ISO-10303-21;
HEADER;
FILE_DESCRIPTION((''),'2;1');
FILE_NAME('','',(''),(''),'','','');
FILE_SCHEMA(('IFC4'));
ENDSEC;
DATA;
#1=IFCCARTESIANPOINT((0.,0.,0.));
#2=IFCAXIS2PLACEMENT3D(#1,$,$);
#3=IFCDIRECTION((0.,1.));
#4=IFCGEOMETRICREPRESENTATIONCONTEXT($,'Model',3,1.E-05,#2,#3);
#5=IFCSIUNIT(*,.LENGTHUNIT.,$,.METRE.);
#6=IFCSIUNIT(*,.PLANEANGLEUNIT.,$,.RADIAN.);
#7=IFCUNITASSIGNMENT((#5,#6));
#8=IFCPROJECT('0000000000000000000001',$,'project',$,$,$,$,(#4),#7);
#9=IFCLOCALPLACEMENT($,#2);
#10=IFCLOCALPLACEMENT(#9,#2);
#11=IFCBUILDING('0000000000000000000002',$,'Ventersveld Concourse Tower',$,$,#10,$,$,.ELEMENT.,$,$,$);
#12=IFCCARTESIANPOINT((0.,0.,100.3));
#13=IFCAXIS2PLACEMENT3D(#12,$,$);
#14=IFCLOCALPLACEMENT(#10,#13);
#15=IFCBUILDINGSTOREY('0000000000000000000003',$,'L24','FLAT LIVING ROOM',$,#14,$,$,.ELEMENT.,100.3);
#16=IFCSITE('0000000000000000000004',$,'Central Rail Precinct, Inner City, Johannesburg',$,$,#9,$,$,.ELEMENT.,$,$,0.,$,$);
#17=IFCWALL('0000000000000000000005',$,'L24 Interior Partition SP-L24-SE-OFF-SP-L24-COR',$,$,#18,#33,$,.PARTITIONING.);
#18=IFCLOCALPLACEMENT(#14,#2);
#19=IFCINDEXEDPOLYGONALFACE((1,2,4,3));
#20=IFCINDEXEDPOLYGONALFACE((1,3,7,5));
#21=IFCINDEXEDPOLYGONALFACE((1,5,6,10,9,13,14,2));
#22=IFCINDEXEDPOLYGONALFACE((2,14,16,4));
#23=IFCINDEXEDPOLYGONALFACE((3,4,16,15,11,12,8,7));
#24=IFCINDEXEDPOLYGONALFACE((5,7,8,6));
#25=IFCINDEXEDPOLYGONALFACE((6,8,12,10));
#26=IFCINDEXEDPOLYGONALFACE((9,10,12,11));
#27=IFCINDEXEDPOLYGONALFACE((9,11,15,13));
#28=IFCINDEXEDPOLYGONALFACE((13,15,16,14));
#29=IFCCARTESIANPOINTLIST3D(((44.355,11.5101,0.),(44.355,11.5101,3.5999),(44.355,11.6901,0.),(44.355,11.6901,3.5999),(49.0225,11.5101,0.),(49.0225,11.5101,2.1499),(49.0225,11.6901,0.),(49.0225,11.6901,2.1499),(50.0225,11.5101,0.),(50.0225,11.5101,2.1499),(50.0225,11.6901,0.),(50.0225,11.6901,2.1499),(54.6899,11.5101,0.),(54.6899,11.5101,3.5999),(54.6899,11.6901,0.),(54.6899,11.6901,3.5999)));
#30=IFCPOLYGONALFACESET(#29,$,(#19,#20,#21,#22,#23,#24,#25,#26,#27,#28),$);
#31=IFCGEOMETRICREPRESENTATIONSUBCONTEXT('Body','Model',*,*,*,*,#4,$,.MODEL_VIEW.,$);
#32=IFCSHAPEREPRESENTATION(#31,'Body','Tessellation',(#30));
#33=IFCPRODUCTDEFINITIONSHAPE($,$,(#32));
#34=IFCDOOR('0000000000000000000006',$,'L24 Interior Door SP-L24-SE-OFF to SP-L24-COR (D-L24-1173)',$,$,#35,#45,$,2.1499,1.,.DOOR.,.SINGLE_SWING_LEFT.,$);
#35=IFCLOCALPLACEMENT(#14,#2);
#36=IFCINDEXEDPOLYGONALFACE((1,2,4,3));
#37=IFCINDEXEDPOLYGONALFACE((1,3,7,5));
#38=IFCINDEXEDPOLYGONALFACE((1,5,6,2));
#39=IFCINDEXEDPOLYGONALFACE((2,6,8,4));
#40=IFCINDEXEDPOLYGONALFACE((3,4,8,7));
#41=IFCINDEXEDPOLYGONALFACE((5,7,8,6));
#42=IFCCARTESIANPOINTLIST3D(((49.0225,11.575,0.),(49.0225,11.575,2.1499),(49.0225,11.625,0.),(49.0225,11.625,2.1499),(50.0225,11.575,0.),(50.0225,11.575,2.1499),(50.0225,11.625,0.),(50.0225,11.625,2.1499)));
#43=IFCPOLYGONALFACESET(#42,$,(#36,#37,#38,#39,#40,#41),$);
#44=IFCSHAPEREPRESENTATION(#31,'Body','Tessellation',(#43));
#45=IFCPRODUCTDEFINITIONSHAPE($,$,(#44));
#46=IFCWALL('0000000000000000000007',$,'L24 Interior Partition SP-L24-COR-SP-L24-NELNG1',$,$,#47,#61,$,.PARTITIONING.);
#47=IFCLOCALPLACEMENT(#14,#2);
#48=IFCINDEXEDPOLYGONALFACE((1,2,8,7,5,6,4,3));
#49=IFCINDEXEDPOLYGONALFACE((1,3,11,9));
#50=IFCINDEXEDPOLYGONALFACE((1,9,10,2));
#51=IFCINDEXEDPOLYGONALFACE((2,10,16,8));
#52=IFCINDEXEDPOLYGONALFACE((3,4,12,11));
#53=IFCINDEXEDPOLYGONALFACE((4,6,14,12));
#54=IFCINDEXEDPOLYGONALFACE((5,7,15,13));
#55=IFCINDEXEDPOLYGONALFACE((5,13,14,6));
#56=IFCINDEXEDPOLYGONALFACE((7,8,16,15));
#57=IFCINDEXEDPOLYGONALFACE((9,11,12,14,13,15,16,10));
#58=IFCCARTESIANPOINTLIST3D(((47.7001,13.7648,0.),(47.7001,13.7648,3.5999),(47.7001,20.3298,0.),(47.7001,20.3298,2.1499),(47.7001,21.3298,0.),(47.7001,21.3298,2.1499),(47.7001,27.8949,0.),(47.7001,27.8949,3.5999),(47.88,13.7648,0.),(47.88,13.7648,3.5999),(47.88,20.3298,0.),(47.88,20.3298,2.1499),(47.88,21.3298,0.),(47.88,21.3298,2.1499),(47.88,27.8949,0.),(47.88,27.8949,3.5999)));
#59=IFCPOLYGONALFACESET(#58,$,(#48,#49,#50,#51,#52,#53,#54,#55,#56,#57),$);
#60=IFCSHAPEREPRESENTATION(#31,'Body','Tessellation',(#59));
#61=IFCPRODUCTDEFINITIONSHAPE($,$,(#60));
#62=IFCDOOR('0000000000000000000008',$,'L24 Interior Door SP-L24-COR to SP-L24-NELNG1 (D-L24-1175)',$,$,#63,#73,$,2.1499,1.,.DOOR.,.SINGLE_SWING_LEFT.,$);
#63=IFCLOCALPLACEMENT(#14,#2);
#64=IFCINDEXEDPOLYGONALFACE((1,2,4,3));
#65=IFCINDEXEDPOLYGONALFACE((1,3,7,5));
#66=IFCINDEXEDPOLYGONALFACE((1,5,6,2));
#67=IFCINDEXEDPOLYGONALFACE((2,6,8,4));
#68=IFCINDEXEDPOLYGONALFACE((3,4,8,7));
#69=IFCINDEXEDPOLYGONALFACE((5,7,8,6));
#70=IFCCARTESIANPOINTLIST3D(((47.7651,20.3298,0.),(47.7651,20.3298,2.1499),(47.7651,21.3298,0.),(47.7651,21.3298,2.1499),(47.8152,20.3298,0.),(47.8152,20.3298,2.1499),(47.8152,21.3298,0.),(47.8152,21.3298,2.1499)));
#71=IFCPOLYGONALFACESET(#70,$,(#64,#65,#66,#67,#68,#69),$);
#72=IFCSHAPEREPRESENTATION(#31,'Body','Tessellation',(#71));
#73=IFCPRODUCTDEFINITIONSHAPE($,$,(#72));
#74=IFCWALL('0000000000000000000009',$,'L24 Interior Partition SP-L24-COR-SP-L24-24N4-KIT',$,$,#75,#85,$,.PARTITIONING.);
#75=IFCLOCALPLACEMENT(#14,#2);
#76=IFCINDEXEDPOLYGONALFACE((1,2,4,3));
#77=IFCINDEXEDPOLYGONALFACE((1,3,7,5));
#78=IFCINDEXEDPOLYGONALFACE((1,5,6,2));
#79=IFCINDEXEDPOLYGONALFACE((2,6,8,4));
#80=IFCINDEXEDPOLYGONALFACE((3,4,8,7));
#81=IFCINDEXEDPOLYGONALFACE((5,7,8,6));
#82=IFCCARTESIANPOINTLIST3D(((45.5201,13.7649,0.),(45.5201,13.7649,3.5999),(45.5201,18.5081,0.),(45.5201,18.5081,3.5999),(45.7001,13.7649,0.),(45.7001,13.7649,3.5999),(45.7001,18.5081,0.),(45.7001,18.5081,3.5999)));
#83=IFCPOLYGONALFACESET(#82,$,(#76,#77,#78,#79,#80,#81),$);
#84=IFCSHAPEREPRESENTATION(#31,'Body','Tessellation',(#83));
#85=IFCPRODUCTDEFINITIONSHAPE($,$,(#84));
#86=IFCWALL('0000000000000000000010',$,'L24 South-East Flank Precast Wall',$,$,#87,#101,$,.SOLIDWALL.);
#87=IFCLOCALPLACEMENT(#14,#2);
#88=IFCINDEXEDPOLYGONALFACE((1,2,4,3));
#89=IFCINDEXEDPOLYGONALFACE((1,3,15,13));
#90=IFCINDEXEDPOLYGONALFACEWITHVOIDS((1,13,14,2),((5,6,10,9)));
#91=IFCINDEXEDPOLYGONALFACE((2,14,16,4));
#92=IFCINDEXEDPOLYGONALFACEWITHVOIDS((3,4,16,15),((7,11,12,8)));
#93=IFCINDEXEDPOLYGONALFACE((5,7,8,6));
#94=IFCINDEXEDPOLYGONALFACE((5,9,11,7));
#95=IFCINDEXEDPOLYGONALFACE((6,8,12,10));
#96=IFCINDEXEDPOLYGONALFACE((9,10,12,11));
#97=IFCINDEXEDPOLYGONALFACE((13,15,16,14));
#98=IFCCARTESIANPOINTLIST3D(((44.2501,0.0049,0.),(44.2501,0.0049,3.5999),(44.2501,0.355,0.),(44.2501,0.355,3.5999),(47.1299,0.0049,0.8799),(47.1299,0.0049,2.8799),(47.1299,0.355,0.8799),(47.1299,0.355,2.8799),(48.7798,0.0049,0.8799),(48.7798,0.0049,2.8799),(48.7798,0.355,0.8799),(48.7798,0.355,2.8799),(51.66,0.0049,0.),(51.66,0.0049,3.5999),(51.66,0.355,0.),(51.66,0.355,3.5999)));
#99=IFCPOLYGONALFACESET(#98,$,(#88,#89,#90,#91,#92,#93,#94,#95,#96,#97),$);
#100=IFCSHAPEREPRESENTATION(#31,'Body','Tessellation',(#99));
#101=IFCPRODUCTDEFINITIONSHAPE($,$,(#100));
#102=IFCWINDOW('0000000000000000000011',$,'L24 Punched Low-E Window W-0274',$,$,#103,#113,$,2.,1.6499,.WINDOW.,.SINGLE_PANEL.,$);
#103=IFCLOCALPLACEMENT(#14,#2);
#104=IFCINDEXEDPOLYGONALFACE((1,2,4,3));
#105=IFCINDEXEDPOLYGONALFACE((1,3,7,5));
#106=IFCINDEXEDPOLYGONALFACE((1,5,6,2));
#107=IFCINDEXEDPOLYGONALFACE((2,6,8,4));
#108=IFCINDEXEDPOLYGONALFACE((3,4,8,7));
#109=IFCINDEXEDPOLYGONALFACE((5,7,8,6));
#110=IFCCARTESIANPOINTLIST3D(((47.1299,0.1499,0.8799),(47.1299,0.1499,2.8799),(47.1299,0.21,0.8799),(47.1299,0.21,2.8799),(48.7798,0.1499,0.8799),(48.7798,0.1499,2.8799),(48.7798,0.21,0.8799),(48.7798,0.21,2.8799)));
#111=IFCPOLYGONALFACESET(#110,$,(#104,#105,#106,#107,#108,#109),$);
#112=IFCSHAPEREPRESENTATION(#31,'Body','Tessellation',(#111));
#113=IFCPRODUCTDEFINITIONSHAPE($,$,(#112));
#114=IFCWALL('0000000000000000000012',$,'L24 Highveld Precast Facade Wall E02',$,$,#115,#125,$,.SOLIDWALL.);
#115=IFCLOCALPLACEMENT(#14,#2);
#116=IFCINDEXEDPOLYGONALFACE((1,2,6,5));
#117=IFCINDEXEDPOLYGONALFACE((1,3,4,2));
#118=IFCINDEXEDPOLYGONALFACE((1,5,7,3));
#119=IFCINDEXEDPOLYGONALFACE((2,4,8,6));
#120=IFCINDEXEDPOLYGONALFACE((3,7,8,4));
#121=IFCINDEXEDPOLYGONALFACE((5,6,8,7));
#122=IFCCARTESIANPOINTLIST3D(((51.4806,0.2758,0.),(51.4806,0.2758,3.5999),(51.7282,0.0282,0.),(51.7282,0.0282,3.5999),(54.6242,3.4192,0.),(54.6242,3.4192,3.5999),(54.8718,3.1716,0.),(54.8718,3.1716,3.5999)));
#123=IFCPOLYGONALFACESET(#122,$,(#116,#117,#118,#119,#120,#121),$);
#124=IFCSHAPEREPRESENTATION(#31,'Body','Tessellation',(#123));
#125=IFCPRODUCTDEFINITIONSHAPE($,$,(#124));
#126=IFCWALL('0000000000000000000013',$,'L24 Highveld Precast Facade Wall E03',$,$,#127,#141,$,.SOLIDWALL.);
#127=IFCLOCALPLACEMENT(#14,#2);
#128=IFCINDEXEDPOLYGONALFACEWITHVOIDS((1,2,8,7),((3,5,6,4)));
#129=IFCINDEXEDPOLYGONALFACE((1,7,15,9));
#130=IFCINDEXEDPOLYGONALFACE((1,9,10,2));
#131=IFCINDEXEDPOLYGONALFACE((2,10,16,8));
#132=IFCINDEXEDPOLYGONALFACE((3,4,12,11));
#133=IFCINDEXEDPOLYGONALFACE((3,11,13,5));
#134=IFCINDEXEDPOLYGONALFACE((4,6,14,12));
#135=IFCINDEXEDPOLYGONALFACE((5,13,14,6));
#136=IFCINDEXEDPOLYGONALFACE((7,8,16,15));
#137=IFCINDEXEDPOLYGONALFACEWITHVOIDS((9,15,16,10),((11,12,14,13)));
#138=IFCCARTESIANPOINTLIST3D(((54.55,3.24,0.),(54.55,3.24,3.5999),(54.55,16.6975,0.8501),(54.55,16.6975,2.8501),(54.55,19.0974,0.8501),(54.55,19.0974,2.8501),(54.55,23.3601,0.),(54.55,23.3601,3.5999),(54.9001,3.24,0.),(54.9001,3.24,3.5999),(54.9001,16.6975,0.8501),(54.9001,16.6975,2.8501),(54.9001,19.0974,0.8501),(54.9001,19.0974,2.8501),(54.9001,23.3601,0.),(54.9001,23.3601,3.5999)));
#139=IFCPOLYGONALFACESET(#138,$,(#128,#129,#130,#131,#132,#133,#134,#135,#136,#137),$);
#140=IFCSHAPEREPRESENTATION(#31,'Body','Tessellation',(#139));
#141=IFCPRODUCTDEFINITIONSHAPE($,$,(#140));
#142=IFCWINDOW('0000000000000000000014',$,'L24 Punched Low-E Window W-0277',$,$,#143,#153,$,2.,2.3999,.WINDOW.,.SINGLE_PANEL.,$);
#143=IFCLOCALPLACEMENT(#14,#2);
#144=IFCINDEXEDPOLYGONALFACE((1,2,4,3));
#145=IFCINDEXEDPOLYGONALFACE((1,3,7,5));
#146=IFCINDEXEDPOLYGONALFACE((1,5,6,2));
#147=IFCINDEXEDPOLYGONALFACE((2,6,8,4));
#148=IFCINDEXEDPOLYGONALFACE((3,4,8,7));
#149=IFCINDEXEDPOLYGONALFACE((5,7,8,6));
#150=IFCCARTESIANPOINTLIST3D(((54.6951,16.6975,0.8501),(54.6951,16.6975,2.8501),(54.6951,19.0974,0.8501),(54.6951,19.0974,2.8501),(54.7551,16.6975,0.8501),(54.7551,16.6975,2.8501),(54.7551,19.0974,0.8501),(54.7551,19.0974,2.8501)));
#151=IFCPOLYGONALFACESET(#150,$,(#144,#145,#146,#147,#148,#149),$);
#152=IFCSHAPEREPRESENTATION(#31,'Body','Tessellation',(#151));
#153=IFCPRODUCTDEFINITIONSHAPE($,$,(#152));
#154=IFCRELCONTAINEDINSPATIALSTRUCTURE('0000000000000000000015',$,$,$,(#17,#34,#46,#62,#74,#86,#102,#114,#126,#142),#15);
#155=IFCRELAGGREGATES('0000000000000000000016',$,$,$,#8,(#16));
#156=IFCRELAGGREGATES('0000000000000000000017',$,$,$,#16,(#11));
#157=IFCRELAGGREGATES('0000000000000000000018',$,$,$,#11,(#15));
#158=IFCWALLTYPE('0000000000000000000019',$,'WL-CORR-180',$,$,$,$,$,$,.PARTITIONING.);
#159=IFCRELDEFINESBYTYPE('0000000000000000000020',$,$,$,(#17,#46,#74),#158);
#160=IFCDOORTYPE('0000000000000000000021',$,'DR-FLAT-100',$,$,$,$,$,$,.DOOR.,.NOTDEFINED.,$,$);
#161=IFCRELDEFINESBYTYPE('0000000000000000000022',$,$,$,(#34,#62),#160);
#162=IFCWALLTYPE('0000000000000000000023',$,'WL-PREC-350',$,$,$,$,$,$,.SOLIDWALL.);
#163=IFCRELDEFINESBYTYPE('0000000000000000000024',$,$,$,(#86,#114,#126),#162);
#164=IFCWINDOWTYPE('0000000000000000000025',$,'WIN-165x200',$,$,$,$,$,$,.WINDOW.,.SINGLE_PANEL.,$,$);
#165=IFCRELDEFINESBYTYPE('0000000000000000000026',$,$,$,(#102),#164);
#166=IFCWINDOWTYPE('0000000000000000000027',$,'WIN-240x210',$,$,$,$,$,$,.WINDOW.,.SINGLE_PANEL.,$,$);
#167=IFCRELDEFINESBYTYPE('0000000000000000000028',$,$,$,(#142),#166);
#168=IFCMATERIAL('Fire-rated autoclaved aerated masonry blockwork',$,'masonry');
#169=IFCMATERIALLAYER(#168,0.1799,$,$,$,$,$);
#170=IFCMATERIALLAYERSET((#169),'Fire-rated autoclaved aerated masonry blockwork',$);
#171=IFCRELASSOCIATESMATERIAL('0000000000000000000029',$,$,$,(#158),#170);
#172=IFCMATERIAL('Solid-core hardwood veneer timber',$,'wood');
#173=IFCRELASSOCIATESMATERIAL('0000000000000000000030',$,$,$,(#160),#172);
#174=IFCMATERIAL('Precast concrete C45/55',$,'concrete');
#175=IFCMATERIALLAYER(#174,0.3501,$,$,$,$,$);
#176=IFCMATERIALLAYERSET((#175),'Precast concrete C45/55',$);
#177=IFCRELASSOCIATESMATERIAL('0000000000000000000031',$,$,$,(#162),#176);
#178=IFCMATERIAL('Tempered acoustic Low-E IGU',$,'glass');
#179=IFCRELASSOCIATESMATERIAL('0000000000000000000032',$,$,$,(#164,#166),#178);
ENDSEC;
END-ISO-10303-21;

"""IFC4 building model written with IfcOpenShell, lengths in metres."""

from ifc_helpers import new_model, si_unit, direction, frame, frame_2d, origin, place, context, subcontext, project, spatial, rectangle, extrude, material, layer, layer_set, type_object, element, fill, save


model = new_model("IFC4")

# Units and contexts
model_context = context("Model", 3, precision=1e-05, world=origin(), true_north=direction((0.0, 1.0)))
body_context = subcontext(model_context, "Body", "Model", "MODEL_VIEW")
ifc_project = project(units=[si_unit("LENGTHUNIT", "METRE"), si_unit("PLANEANGLEUNIT", "RADIAN")], contexts=[model_context])

# Site, building, storey
site_placement = place(None, origin())
site = spatial("IfcSite", under=ifc_project, at=site_placement, Name="Central Rail Precinct, Inner City, Johannesburg", CompositionType="ELEMENT", RefElevation=0.0)
building_placement = place(site_placement, origin())
building = spatial("IfcBuilding", under=site, at=building_placement, Name="Ventersveld Concourse Tower", CompositionType="ELEMENT")
storey_placement = place(building_placement, frame((0.0, 0.0, 100.3)))
storey = spatial("IfcBuildingStorey", under=building, at=storey_placement, Name="L24", Description="FLAT LIVING ROOM", CompositionType="ELEMENT", Elevation=100.3)

# Walls, openings, doors
ifc_material_1 = material(Name="Fire-rated autoclaved aerated masonry blockwork", Category="masonry")
ifc_layer_1 = layer(ifc_material_1, 0.1799)
ifc_layer_set_1 = layer_set([ifc_layer_1], Name="Fire-rated autoclaved aerated masonry blockwork")
wall_type_1 = type_object("IfcWallType", Name="WL-CORR-180", PredefinedType="PARTITIONING", material=ifc_layer_set_1)
wall_1_placement = place(storey_placement, frame((44.355, 11.6001, 0.0), z_axis=(0.0, 0.0, 1.0), x_axis=(1.0, 0.0, 0.0)))
wall_1 = element("IfcWall", 1, at=wall_1_placement, inside=storey, type_object=wall_type_1, Name="L24 Interior Partition SP-L24-SE-OFF-SP-L24-COR", PredefinedType="PARTITIONING", context=body_context, shape_type="SweptSolid", body=[
    extrude(rectangle(XDim=10.335, YDim=0.1799, at=frame_2d((5.1675, 0.0))), origin(), (0.0, 0.0, 1.0), 3.5999),
])
opening_1_placement = place(wall_1_placement, frame((4.6675, 0.0, 0.0)))
opening_1 = element("IfcOpeningElement", 2, at=opening_1_placement, cuts=wall_1, PredefinedType="OPENING", context=body_context, shape_type="SweptSolid", body=[
    extrude(rectangle(XDim=1.0, YDim=2.1499, at=frame_2d((0.5, 1.075))), frame((0.0, 0.1001, 0.0), z_axis=(0.0, -1.0, 0.0), x_axis=(1.0, 0.0, 0.0)), (0.0, 0.0, 1.0), 0.2),
])
ifc_material_2 = material(Name="Solid-core hardwood veneer timber", Category="wood")
door_type = type_object("IfcDoorType", Name="DR-FLAT-100", OperationType="NOTDEFINED", PredefinedType="DOOR", material=ifc_material_2)
door_1_placement = place(opening_1_placement, origin())
door_1 = element("IfcDoor", 3, at=door_1_placement, inside=storey, type_object=door_type, Name="L24 Interior Door SP-L24-SE-OFF to SP-L24-COR (D-L24-1173)", OperationType="SINGLE_SWING_LEFT", OverallHeight=2.1499, OverallWidth=1.0, PredefinedType="DOOR", context=body_context, shape_type="SweptSolid", body=[
    extrude(rectangle(XDim=1.0, YDim=2.1499, at=frame_2d((0.5, 1.075))), frame((0.0, 0.0249, 0.0), z_axis=(0.0, -1.0, 0.0), x_axis=(1.0, 0.0, 0.0)), (0.0, 0.0, 1.0), 0.05),
])
fill(opening_1, door_1)
wall_2_placement = place(storey_placement, frame((47.79, 13.7649, 0.0), z_axis=(0.0, 0.0, 1.0), x_axis=(0.0, 1.0, 0.0)))
wall_2 = element("IfcWall", 4, at=wall_2_placement, inside=storey, type_object=wall_type_1, Name="L24 Interior Partition SP-L24-COR-SP-L24-NELNG1", PredefinedType="PARTITIONING", context=body_context, shape_type="SweptSolid", body=[
    extrude(rectangle(XDim=14.1301, YDim=0.1799, at=frame_2d((7.0649, 0.0))), origin(), (0.0, 0.0, 1.0), 3.5999),
])
opening_2_placement = place(wall_2_placement, frame((6.5649, 0.0, 0.0)))
opening_2 = element("IfcOpeningElement", 5, at=opening_2_placement, cuts=wall_2, PredefinedType="OPENING", context=body_context, shape_type="SweptSolid", body=[
    extrude(rectangle(XDim=1.0, YDim=2.1499, at=frame_2d((0.5, 1.075))), frame((0.0, 0.1001, 0.0), z_axis=(0.0, -1.0, 0.0), x_axis=(1.0, 0.0, 0.0)), (0.0, 0.0, 1.0), 0.2),
])
door_2_placement = place(opening_2_placement, origin())
door_2 = element("IfcDoor", 6, at=door_2_placement, inside=storey, type_object=door_type, Name="L24 Interior Door SP-L24-COR to SP-L24-NELNG1 (D-L24-1175)", OperationType="SINGLE_SWING_LEFT", OverallHeight=2.1499, OverallWidth=1.0, PredefinedType="DOOR", context=body_context, shape_type="SweptSolid", body=[
    extrude(rectangle(XDim=1.0, YDim=2.1499, at=frame_2d((0.5, 1.075))), frame((0.0, 0.0249, 0.0), z_axis=(0.0, -1.0, 0.0), x_axis=(1.0, 0.0, 0.0)), (0.0, 0.0, 1.0), 0.05),
])
fill(opening_2, door_2)

# Wall
wall_3_placement = place(storey_placement, frame((45.6101, 13.7649, 0.0), z_axis=(0.0, 0.0, 1.0), x_axis=(0.0, 1.0, 0.0)))
element("IfcWall", 7, at=wall_3_placement, inside=storey, type_object=wall_type_1, Name="L24 Interior Partition SP-L24-COR-SP-L24-24N4-KIT", PredefinedType="PARTITIONING", context=body_context, shape_type="SweptSolid", body=[
    extrude(rectangle(XDim=4.7432, YDim=0.1799, at=frame_2d((2.3716, 0.0))), origin(), (0.0, 0.0, 1.0), 3.5999),
])

# Wall, opening, window
ifc_material_3 = material(Name="Precast concrete C45/55", Category="concrete")
ifc_layer_2 = layer(ifc_material_3, 0.3501)
ifc_layer_set_2 = layer_set([ifc_layer_2], Name="Precast concrete C45/55")
wall_type_2 = type_object("IfcWallType", Name="WL-PREC-350", PredefinedType="SOLIDWALL", material=ifc_layer_set_2)
wall_4_placement = place(storey_placement, frame((44.25, 0.1799, 0.0), z_axis=(0.0, 0.0, 1.0), x_axis=(1.0, 0.0, 0.0)))
wall_4 = element("IfcWall", 8, at=wall_4_placement, inside=storey, type_object=wall_type_2, Name="L24 South-East Flank Precast Wall", PredefinedType="SOLIDWALL", context=body_context, shape_type="SweptSolid", body=[
    extrude(rectangle(XDim=7.4099, YDim=0.3501, at=frame_2d((3.7051, 0.0))), origin(), (0.0, 0.0, 1.0), 3.5999),
])
opening_3_placement = place(wall_4_placement, frame((2.8799, 0.0, 0.8799)))
opening_3 = element("IfcOpeningElement", 9, at=opening_3_placement, cuts=wall_4, PredefinedType="OPENING", context=body_context, shape_type="SweptSolid", body=[
    extrude(rectangle(XDim=1.6499, YDim=2.0, at=frame_2d((0.825, 1.0))), frame((0.0, 0.1851, 0.0), z_axis=(0.0, -1.0, 0.0), x_axis=(1.0, 0.0, 0.0)), (0.0, 0.0, 1.0), 0.3701),
])
ifc_material_4 = material(Name="Tempered acoustic Low-E IGU", Category="glass")
window_type_1 = type_object("IfcWindowType", Name="WIN-165x200", PartitioningType="SINGLE_PANEL", PredefinedType="WINDOW", material=ifc_material_4)
window_1_placement = place(opening_3_placement, origin())
window_1 = element("IfcWindow", 10, at=window_1_placement, inside=storey, type_object=window_type_1, Name="L24 Punched Low-E Window W-0274", OverallHeight=2.0, OverallWidth=1.6499, PartitioningType="SINGLE_PANEL", PredefinedType="WINDOW", context=body_context, shape_type="SweptSolid", body=[
    extrude(rectangle(XDim=1.6499, YDim=2.0, at=frame_2d((0.825, 1.0))), frame((0.0, 0.03, 0.0), z_axis=(0.0, -1.0, 0.0), x_axis=(1.0, 0.0, 0.0)), (0.0, 0.0, 1.0), 0.0601),
])
fill(opening_3, window_1)

# Wall
wall_5_placement = place(storey_placement, frame((51.6045, 0.1521, 0.0), z_axis=(0.0, 0.0, 1.0), x_axis=(0.707134, 0.707079, 0.0)))
element("IfcWall", 11, at=wall_5_placement, inside=storey, type_object=wall_type_2, Name="L24 Highveld Precast Facade Wall E02", PredefinedType="SOLIDWALL", context=body_context, shape_type="SweptSolid", body=[
    extrude(rectangle(XDim=4.4456, YDim=0.3501, at=frame_2d((2.2227, 0.0))), origin(), (0.0, 0.0, 1.0), 3.5999),
])

# Wall, opening, window
wall_6_placement = place(storey_placement, frame((54.7251, 3.24, 0.0), z_axis=(0.0, 0.0, 1.0), x_axis=(0.0, 1.0, 0.0)))
wall_6 = element("IfcWall", 12, at=wall_6_placement, inside=storey, type_object=wall_type_2, Name="L24 Highveld Precast Facade Wall E03", PredefinedType="SOLIDWALL", context=body_context, shape_type="SweptSolid", body=[
    extrude(rectangle(XDim=20.1201, YDim=0.3501, at=frame_2d((10.0601, 0.0))), origin(), (0.0, 0.0, 1.0), 3.5999),
])
opening_4_placement = place(wall_6_placement, frame((13.4575, 0.0, 0.8501)))
opening_4 = element("IfcOpeningElement", 13, at=opening_4_placement, cuts=wall_6, PredefinedType="OPENING", context=body_context, shape_type="SweptSolid", body=[
    extrude(rectangle(XDim=2.3999, YDim=2.0, at=frame_2d((1.2, 1.0))), frame((0.0, 0.1851, 0.0), z_axis=(0.0, -1.0, 0.0), x_axis=(1.0, 0.0, 0.0)), (0.0, 0.0, 1.0), 0.3701),
])
window_type_2 = type_object("IfcWindowType", Name="WIN-240x210", PartitioningType="SINGLE_PANEL", PredefinedType="WINDOW", material=ifc_material_4)
window_2_placement = place(opening_4_placement, origin())
window_2 = element("IfcWindow", 14, at=window_2_placement, inside=storey, type_object=window_type_2, Name="L24 Punched Low-E Window W-0277", OverallHeight=2.0, OverallWidth=2.3999, PartitioningType="SINGLE_PANEL", PredefinedType="WINDOW", context=body_context, shape_type="SweptSolid", body=[
    extrude(rectangle(XDim=2.3999, YDim=2.0, at=frame_2d((1.2, 1.0))), frame((0.0, 0.03, 0.0), z_axis=(0.0, -1.0, 0.0), x_axis=(1.0, 0.0, 0.0)), (0.0, 0.0, 1.0), 0.0601),
])
fill(opening_4, window_2)

save(model, "model.ifc")
